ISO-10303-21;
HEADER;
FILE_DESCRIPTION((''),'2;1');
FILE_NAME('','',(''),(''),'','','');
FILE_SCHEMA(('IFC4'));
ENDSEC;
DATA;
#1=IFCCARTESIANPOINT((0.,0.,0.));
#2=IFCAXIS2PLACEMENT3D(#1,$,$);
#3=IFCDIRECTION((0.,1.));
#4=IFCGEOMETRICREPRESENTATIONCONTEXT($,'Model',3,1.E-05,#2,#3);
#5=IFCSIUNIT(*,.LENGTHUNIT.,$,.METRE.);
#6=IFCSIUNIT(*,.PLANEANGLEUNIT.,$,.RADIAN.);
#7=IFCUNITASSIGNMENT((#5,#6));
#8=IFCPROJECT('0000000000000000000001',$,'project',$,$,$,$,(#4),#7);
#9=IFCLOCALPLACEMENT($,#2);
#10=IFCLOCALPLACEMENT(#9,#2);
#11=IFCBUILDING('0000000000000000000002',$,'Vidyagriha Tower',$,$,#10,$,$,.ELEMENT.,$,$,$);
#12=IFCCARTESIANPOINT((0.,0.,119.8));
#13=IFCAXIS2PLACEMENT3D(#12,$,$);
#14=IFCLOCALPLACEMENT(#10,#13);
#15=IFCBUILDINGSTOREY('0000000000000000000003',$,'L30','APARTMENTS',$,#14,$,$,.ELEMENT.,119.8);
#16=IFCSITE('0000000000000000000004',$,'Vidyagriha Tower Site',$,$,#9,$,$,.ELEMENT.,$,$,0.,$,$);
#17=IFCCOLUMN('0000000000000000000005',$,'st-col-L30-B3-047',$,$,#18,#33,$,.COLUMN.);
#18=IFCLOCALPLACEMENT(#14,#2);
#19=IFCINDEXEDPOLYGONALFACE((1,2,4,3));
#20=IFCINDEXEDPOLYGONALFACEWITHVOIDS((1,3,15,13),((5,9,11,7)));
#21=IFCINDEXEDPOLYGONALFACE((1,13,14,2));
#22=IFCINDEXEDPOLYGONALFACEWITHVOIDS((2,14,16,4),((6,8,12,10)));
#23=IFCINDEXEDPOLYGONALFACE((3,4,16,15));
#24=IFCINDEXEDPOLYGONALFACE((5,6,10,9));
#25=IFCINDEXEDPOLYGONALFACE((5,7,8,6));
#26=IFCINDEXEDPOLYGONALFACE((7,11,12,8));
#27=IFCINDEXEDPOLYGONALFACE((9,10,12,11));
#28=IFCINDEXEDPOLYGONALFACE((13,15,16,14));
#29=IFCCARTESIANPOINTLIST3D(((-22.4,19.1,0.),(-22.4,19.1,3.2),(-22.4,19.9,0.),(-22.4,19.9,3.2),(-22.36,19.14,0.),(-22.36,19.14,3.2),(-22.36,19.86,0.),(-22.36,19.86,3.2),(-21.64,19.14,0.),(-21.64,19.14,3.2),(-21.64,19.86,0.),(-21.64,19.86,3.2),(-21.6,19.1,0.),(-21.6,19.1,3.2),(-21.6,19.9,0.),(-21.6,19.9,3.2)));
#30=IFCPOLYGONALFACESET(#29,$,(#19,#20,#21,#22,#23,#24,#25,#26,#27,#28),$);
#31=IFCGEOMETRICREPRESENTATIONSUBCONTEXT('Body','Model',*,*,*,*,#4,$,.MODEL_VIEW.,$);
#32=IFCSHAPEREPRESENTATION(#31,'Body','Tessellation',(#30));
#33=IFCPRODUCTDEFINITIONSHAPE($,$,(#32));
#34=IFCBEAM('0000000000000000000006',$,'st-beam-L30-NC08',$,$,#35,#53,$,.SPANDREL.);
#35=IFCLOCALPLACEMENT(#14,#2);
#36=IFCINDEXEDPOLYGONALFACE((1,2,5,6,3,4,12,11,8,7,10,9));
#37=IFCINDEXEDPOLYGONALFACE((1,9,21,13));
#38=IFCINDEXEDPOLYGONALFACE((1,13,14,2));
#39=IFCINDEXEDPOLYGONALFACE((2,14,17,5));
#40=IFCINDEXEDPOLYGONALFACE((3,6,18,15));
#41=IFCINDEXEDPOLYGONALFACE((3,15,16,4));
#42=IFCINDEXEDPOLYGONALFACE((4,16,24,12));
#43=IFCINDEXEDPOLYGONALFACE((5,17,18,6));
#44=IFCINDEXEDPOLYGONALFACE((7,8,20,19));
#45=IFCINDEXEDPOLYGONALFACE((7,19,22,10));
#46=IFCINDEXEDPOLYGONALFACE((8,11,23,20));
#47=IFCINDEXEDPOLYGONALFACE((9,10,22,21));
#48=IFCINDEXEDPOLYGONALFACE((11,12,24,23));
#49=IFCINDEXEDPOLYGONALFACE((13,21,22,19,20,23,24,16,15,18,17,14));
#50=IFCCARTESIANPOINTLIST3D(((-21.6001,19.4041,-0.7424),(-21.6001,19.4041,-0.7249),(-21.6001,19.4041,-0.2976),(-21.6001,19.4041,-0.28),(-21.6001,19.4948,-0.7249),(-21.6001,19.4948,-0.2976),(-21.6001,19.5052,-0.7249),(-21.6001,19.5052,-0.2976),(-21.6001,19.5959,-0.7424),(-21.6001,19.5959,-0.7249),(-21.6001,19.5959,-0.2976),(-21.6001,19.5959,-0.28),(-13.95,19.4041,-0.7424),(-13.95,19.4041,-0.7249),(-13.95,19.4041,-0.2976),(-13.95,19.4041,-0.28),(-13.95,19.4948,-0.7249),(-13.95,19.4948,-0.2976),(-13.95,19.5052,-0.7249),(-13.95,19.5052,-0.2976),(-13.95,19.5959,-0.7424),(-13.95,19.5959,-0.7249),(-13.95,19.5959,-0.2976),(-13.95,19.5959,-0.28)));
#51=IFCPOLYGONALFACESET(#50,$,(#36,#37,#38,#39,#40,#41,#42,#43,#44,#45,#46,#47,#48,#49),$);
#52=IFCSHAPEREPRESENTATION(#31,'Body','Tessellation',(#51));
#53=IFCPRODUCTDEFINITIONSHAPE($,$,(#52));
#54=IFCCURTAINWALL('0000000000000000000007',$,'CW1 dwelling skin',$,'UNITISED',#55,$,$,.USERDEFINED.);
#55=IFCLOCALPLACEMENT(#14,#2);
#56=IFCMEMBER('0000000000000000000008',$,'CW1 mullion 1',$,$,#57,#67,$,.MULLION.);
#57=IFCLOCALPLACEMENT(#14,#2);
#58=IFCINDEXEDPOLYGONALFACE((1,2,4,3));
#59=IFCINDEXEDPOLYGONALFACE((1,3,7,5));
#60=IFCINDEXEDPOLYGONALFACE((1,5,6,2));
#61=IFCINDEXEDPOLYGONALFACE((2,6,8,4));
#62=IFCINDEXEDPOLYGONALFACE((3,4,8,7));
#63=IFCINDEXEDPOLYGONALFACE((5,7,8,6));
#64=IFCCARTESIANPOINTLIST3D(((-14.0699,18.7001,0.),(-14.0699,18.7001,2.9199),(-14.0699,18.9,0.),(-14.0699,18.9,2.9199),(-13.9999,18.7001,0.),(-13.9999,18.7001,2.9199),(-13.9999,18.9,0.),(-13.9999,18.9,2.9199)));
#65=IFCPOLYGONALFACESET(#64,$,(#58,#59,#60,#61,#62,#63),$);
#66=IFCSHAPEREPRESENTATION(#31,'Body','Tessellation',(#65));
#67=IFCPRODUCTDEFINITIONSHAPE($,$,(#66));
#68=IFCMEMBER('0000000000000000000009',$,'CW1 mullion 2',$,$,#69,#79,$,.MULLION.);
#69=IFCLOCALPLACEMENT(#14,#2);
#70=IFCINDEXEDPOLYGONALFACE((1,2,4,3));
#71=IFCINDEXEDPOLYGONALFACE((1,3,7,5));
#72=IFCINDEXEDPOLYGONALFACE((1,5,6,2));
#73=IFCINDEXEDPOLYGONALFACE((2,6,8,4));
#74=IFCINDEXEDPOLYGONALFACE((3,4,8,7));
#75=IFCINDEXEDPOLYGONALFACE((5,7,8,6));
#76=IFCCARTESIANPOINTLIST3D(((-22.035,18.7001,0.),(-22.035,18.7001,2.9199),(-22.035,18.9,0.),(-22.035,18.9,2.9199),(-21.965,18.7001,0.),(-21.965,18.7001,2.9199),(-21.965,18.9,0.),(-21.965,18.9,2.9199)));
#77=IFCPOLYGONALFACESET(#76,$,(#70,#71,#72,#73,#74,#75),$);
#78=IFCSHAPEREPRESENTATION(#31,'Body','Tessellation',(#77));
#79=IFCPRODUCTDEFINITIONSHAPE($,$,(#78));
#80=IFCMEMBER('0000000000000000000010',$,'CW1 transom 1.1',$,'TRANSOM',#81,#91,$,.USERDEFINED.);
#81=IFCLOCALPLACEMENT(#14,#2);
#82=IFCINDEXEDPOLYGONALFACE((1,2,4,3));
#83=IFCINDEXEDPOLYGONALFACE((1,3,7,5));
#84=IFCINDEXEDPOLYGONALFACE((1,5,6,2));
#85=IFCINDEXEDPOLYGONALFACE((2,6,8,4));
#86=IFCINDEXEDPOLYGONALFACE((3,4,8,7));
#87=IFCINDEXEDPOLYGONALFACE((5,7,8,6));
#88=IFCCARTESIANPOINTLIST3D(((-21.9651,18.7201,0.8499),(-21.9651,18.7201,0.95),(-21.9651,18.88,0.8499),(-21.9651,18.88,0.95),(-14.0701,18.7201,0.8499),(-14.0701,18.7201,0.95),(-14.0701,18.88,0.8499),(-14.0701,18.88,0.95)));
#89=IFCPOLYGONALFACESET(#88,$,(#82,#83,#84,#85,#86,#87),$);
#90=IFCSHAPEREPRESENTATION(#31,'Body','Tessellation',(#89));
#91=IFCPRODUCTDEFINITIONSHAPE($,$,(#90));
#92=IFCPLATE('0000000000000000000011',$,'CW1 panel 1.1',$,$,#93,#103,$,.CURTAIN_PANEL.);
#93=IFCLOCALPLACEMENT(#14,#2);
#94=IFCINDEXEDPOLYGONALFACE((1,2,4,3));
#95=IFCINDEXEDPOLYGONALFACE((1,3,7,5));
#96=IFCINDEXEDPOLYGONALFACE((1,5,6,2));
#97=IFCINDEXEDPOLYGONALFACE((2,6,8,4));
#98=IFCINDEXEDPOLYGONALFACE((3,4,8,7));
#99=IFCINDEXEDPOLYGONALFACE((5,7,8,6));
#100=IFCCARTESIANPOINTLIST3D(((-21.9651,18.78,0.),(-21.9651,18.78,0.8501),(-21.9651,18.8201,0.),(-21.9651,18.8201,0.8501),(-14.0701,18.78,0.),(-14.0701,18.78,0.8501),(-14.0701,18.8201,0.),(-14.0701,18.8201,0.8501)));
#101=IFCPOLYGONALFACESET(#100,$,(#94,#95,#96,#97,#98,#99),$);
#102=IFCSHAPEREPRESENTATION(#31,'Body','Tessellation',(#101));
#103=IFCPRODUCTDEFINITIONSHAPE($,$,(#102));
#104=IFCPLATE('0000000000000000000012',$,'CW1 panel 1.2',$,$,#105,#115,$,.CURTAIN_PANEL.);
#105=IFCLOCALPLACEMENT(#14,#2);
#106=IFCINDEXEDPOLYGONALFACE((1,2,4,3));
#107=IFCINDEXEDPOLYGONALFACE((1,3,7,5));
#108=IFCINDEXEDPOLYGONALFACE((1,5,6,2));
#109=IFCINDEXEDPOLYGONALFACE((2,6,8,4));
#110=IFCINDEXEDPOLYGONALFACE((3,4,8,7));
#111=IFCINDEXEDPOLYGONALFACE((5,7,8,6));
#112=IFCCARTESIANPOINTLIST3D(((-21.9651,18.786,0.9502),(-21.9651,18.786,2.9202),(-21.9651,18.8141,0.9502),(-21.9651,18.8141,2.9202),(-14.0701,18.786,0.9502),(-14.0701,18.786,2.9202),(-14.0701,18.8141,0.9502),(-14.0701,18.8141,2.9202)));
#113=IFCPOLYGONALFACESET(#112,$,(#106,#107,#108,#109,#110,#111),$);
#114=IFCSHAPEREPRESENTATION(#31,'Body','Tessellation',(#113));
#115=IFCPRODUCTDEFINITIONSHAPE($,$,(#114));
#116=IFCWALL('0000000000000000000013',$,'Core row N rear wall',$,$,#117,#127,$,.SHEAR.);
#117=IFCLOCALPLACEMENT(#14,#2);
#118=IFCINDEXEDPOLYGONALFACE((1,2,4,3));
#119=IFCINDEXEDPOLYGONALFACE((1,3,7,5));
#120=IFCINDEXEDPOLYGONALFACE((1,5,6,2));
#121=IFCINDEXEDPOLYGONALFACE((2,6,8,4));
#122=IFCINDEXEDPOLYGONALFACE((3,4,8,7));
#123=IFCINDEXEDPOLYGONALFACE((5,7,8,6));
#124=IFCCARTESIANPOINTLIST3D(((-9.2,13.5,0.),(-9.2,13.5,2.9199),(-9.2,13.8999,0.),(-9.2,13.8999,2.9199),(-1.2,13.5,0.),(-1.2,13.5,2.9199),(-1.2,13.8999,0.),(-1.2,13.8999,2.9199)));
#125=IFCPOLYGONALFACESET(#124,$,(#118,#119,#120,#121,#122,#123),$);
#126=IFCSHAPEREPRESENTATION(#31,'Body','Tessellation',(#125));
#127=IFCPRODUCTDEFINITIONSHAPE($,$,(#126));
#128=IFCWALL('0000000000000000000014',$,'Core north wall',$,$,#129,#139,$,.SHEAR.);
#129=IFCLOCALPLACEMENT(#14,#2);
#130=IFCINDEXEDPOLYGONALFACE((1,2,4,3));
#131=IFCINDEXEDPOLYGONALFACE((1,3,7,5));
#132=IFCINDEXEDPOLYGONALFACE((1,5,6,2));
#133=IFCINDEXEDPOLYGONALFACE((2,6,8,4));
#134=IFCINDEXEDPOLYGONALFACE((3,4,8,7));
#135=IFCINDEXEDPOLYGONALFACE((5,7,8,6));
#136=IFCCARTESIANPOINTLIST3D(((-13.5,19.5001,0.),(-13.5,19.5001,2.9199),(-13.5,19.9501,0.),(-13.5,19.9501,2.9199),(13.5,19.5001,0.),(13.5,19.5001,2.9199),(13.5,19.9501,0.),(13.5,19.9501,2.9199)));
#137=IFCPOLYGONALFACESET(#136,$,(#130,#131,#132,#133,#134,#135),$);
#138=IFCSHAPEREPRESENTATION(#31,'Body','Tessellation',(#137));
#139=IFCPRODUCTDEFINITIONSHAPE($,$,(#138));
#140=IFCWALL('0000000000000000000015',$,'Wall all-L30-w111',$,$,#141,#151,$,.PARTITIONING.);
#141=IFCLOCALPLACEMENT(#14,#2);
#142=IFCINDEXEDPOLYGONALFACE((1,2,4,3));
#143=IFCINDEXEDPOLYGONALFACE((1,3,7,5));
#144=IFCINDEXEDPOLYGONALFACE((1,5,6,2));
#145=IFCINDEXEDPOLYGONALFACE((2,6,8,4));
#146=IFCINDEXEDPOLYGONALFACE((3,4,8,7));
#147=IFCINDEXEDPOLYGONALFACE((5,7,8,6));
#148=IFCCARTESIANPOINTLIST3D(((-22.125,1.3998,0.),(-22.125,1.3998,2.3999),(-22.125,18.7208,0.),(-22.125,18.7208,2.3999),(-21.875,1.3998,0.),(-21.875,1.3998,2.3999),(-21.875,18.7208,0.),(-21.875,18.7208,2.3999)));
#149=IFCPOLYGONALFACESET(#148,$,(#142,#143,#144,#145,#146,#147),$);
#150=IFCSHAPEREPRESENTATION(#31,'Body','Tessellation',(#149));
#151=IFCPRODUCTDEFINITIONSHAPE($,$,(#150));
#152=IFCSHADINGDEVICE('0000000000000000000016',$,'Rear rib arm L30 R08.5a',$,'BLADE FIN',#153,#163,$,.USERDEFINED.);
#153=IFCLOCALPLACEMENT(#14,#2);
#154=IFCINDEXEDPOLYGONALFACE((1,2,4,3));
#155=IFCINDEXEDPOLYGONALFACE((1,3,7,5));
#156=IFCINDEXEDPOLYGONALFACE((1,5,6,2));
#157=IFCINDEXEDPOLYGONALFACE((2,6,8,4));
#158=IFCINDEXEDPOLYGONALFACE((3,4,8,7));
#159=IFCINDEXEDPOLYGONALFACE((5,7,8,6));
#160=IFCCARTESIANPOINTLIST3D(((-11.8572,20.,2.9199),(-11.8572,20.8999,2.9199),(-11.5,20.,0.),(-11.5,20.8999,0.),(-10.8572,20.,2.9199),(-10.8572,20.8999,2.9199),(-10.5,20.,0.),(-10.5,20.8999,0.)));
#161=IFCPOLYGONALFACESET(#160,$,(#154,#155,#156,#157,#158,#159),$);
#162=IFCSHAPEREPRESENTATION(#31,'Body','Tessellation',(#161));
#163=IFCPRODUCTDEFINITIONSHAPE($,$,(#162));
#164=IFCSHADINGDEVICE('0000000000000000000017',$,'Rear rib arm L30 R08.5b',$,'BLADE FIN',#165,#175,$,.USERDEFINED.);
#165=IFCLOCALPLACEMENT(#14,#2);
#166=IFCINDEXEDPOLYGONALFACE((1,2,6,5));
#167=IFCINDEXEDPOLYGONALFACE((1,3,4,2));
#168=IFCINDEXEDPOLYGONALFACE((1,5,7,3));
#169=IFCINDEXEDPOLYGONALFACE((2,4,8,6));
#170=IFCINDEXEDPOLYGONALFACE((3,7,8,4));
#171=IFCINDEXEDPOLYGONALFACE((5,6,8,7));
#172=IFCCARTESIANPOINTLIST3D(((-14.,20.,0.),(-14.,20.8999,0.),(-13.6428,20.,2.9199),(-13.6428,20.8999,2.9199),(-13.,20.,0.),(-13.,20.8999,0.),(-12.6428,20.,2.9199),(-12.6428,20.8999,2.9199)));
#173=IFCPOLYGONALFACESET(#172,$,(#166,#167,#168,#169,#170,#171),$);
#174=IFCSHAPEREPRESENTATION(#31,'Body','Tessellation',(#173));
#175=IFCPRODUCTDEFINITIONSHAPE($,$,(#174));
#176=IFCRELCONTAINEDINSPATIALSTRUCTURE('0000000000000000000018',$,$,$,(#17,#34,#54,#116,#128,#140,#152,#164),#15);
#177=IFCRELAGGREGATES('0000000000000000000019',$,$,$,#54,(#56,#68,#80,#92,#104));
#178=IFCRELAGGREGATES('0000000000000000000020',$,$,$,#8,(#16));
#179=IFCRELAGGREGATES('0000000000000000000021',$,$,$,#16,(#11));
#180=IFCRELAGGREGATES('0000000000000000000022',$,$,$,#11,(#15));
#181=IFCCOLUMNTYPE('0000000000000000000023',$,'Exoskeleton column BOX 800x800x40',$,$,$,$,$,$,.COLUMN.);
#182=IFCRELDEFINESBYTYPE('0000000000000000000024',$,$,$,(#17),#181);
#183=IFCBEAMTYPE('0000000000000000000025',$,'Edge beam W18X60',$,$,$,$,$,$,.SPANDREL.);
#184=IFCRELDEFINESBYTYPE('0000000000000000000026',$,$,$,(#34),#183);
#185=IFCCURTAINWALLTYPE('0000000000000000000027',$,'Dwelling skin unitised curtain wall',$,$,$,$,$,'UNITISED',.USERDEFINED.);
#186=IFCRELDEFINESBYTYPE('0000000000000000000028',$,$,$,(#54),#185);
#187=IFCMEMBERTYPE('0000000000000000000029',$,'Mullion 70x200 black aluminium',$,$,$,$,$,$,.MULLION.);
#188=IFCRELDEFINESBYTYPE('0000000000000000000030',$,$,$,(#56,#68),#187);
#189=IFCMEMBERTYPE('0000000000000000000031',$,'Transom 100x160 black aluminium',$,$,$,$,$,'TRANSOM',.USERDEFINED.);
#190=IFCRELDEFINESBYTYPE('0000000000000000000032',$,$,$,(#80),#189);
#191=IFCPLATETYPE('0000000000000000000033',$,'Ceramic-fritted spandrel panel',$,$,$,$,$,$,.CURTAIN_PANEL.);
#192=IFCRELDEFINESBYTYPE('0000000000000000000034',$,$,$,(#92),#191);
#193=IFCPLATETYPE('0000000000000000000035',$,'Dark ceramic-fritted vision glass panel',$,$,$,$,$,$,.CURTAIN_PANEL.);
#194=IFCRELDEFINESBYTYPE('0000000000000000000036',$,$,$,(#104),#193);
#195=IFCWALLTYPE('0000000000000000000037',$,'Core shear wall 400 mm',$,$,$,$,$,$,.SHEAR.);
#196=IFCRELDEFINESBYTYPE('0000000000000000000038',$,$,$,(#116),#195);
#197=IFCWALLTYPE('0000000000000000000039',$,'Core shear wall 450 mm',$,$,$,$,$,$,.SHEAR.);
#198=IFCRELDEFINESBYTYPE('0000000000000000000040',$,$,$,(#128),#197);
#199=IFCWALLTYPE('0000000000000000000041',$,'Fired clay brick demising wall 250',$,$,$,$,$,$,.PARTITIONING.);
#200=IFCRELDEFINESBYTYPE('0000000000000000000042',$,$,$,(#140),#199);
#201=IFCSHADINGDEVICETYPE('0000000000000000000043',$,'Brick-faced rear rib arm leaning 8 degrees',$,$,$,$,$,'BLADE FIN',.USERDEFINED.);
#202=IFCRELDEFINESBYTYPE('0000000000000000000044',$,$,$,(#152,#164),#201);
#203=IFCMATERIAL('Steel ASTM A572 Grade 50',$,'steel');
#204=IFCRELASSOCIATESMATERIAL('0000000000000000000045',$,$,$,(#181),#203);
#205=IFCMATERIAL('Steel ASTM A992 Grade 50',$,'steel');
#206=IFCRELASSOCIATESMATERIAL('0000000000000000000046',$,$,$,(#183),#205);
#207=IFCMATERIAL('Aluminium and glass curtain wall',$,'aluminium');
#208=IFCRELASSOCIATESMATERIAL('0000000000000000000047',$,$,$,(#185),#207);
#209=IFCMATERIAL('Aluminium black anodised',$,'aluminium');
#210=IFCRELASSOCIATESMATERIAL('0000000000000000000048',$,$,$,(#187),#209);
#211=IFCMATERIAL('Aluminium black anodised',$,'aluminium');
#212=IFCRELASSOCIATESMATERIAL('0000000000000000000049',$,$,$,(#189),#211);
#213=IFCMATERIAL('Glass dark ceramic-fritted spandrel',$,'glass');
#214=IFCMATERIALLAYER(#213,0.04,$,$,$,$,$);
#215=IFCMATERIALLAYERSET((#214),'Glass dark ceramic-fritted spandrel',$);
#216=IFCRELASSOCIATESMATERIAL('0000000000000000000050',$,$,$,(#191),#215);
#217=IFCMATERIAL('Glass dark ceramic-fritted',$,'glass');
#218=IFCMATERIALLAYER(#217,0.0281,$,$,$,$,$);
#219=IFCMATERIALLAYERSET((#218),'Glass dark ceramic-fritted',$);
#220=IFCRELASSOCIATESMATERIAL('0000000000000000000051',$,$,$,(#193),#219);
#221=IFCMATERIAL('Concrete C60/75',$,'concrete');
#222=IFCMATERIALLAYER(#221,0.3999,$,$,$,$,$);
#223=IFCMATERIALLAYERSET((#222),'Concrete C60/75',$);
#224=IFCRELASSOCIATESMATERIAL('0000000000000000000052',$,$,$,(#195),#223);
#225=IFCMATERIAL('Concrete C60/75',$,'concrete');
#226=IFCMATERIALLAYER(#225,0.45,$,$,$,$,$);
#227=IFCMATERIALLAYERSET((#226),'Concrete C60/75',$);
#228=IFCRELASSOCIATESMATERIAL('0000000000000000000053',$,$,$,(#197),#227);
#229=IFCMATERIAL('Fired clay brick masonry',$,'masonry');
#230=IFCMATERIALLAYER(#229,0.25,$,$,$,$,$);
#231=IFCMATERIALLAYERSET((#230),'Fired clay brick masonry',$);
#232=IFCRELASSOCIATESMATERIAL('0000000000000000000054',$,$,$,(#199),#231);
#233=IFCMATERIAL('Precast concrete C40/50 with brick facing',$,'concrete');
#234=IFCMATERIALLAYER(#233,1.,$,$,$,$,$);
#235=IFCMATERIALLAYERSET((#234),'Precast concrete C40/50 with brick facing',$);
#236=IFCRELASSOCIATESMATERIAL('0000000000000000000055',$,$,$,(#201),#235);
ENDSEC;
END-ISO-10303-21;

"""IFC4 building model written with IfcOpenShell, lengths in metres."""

from ifc_helpers import new_model, si_unit, direction, frame, frame_2d, origin, origin_2d, place, context, subcontext, project, spatial, polyline, rectangle, hollow_rectangle, i_section, outline, extrude, material, layer, layer_set, material_profile, profile_set, type_object, element, aggregate, save


model = new_model("IFC4")

# Units and contexts
model_context = context("Model", 3, precision=1e-05, world=origin(), true_north=direction((0.0, 1.0)))
body_context = subcontext(model_context, "Body", "Model", "MODEL_VIEW")
ifc_project = project(units=[si_unit("LENGTHUNIT", "METRE"), si_unit("PLANEANGLEUNIT", "RADIAN")], contexts=[model_context])

# Site, building, storey
site_placement = place(None, origin())
site = spatial("IfcSite", under=ifc_project, at=site_placement, Name="Vidyagriha Tower Site", CompositionType="ELEMENT", RefElevation=0.0)
building_placement = place(site_placement, origin())
building = spatial("IfcBuilding", under=site, at=building_placement, Name="Vidyagriha Tower", CompositionType="ELEMENT")
storey_placement = place(building_placement, frame((0.0, 0.0, 119.8)))
storey = spatial("IfcBuildingStorey", under=building, at=storey_placement, Name="L30", Description="APARTMENTS", CompositionType="ELEMENT", Elevation=119.8)

# Column
ifc_material_1 = material(Name="Steel ASTM A572 Grade 50", Category="steel")
ifc_material_profile_1 = material_profile(ifc_material_1, hollow_rectangle(XDim=0.8, YDim=0.8, WallThickness=0.04, at=origin_2d()), Name="BOX 800x800x40")
ifc_profile_set_1 = profile_set([ifc_material_profile_1], Name="Steel ASTM A572 Grade 50")
column_type = type_object("IfcColumnType", Name="Exoskeleton column BOX 800x800x40", PredefinedType="COLUMN", material=ifc_profile_set_1)
column_placement = place(storey_placement, frame((-22.0, 19.5, 0.0)))
element("IfcColumn", 1, at=column_placement, inside=storey, type_object=column_type, Name="st-col-L30-B3-047", PredefinedType="COLUMN", context=body_context, shape_type="SweptSolid", body=[
    extrude(hollow_rectangle(XDim=0.8, YDim=0.8, WallThickness=0.04, at=origin_2d()), origin(), (0.0, 0.0, 1.0), 3.2),
])

# Beam
ifc_material_2 = material(Name="Steel ASTM A992 Grade 50", Category="steel")
ifc_material_profile_2 = material_profile(ifc_material_2, i_section(OverallWidth=0.1919, OverallDepth=0.4624, WebThickness=0.0105, FlangeThickness=0.0176, at=origin_2d()), Name="W18X60")
ifc_profile_set_2 = profile_set([ifc_material_profile_2], Name="Steel ASTM A992 Grade 50")
beam_type = type_object("IfcBeamType", Name="Edge beam W18X60", PredefinedType="SPANDREL", material=ifc_profile_set_2)
beam_placement = place(storey_placement, frame((-21.6001, 19.5, -0.5112), z_axis=(1.0, 0.0, 0.0), x_axis=(0.0, 1.0, 0.0)))
element("IfcBeam", 2, at=beam_placement, inside=storey, type_object=beam_type, Name="st-beam-L30-NC08", PredefinedType="SPANDREL", context=body_context, shape_type="SweptSolid", body=[
    extrude(i_section(OverallWidth=0.1919, OverallDepth=0.4624, WebThickness=0.0105, FlangeThickness=0.0176, at=origin_2d()), origin(), (0.0, 0.0, 1.0), 7.6501),
])

# Curtain wall, members, plates
ifc_material_3 = material(Name="Aluminium and glass curtain wall", Category="aluminium")
curtain_wall_type = type_object("IfcCurtainWallType", Name="Dwelling skin unitised curtain wall", ElementType="UNITISED", PredefinedType="USERDEFINED", material=ifc_material_3)
curtain_wall_placement = place(storey_placement, origin())
curtain_wall = element("IfcCurtainWall", 3, at=curtain_wall_placement, inside=storey, type_object=curtain_wall_type, Name="CW1 dwelling skin", ObjectType="UNITISED", PredefinedType="USERDEFINED")
ifc_material_4 = material(Name="Aluminium black anodised", Category="aluminium")
ifc_material_profile_3 = material_profile(ifc_material_4, rectangle(XDim=0.2, YDim=0.0701, at=origin_2d()), Name="Mullion 70x200 black aluminium")
ifc_profile_set_3 = profile_set([ifc_material_profile_3], Name="Aluminium black anodised")
member_type_1 = type_object("IfcMemberType", Name="Mullion 70x200 black aluminium", PredefinedType="MULLION", material=ifc_profile_set_3)
member_1_placement = place(storey_placement, frame((-14.0349, 18.8, 0.0), z_axis=(0.0, 0.0, 1.0), x_axis=(0.0, -1.0, 0.0)))
member_1 = element("IfcMember", 4, at=member_1_placement, type_object=member_type_1, Name="CW1 mullion 1", PredefinedType="MULLION", context=body_context, shape_type="SweptSolid", body=[
    extrude(rectangle(XDim=0.2, YDim=0.0701, at=origin_2d()), origin(), (0.0, 0.0, 1.0), 2.9199),
])
member_2_placement = place(storey_placement, frame((-22.0, 18.8, 0.0), z_axis=(0.0, 0.0, 1.0), x_axis=(0.0, -1.0, 0.0)))
member_2 = element("IfcMember", 5, at=member_2_placement, type_object=member_type_1, Name="CW1 mullion 2", PredefinedType="MULLION", context=body_context, shape_type="SweptSolid", body=[
    extrude(rectangle(XDim=0.2, YDim=0.0701, at=origin_2d()), origin(), (0.0, 0.0, 1.0), 2.9199),
])
ifc_material_5 = material(Name="Aluminium black anodised", Category="aluminium")
ifc_material_profile_4 = material_profile(ifc_material_5, rectangle(XDim=0.1599, YDim=0.1001, at=origin_2d()), Name="Transom 100x160 black aluminium")
ifc_profile_set_4 = profile_set([ifc_material_profile_4], Name="Aluminium black anodised")
member_type_2 = type_object("IfcMemberType", Name="Transom 100x160 black aluminium", ElementType="TRANSOM", PredefinedType="USERDEFINED", material=ifc_profile_set_4)
member_3_placement = place(storey_placement, frame((-14.0701, 18.8, 0.8999), z_axis=(-1.0, 0.0, 0.0), x_axis=(0.0, -1.0, 0.0)))
member_3 = element("IfcMember", 6, at=member_3_placement, type_object=member_type_2, Name="CW1 transom 1.1", ObjectType="TRANSOM", PredefinedType="USERDEFINED", context=body_context, shape_type="SweptSolid", body=[
    extrude(rectangle(XDim=0.1599, YDim=0.1001, at=origin_2d()), origin(), (0.0, 0.0, 1.0), 7.895),
])
ifc_material_6 = material(Name="Glass dark ceramic-fritted spandrel", Category="glass")
ifc_layer_1 = layer(ifc_material_6, 0.04)
ifc_layer_set_1 = layer_set([ifc_layer_1], Name="Glass dark ceramic-fritted spandrel")
plate_type_1 = type_object("IfcPlateType", Name="Ceramic-fritted spandrel panel", PredefinedType="CURTAIN_PANEL", material=ifc_layer_set_1)
plate_1_placement = place(storey_placement, frame((-18.0176, 18.8, 0.0), z_axis=(0.0, 0.0, 1.0), x_axis=(-1.0, 0.0, 0.0)))
plate_1 = element("IfcPlate", 7, at=plate_1_placement, type_object=plate_type_1, Name="CW1 panel 1.1", PredefinedType="CURTAIN_PANEL", context=body_context, shape_type="SweptSolid", body=[
    extrude(rectangle(XDim=7.895, YDim=0.04, at=origin_2d()), origin(), (0.0, 0.0, 1.0), 0.8501),
])
ifc_material_7 = material(Name="Glass dark ceramic-fritted", Category="glass")
ifc_layer_2 = layer(ifc_material_7, 0.0281)
ifc_layer_set_2 = layer_set([ifc_layer_2], Name="Glass dark ceramic-fritted")
plate_type_2 = type_object("IfcPlateType", Name="Dark ceramic-fritted vision glass panel", PredefinedType="CURTAIN_PANEL", material=ifc_layer_set_2)
plate_2_placement = place(storey_placement, frame((-18.0176, 18.8, 0.9502), z_axis=(0.0, 0.0, 1.0), x_axis=(-1.0, 0.0, 0.0)))
plate_2 = element("IfcPlate", 8, at=plate_2_placement, type_object=plate_type_2, Name="CW1 panel 1.2", PredefinedType="CURTAIN_PANEL", context=body_context, shape_type="SweptSolid", body=[
    extrude(rectangle(XDim=7.895, YDim=0.0281, at=origin_2d()), origin(), (0.0, 0.0, 1.0), 1.97),
])
aggregate(curtain_wall, [member_1, member_2, member_3, plate_1, plate_2])

# Walls
ifc_material_8 = material(Name="Concrete C60/75", Category="concrete")
ifc_layer_3 = layer(ifc_material_8, 0.3999)
ifc_layer_set_3 = layer_set([ifc_layer_3], Name="Concrete C60/75")
wall_type_1 = type_object("IfcWallType", Name="Core shear wall 400 mm", PredefinedType="SHEAR", material=ifc_layer_set_3)
wall_1_placement = place(storey_placement, frame((-9.2, 13.7, 0.0)))
element("IfcWall", 9, at=wall_1_placement, inside=storey, type_object=wall_type_1, Name="Core row N rear wall", PredefinedType="SHEAR", context=body_context, shape_type="SweptSolid", body=[
    extrude(rectangle(XDim=8.0, YDim=0.3999, at=frame_2d((4.0, 0.0))), origin(), (0.0, 0.0, 1.0), 2.9199),
])
ifc_material_9 = material(Name="Concrete C60/75", Category="concrete")
ifc_layer_4 = layer(ifc_material_9, 0.45)
ifc_layer_set_4 = layer_set([ifc_layer_4], Name="Concrete C60/75")
wall_type_2 = type_object("IfcWallType", Name="Core shear wall 450 mm", PredefinedType="SHEAR", material=ifc_layer_set_4)
wall_2_placement = place(storey_placement, frame((-13.5, 19.7251, 0.0)))
element("IfcWall", 10, at=wall_2_placement, inside=storey, type_object=wall_type_2, Name="Core north wall", PredefinedType="SHEAR", context=body_context, shape_type="SweptSolid", body=[
    extrude(rectangle(XDim=27.0, YDim=0.45, at=frame_2d((13.5, 0.0))), origin(), (0.0, 0.0, 1.0), 2.9199),
])
ifc_material_10 = material(Name="Fired clay brick masonry", Category="masonry")
ifc_layer_5 = layer(ifc_material_10, 0.25)
ifc_layer_set_5 = layer_set([ifc_layer_5], Name="Fired clay brick masonry")
wall_type_3 = type_object("IfcWallType", Name="Fired clay brick demising wall 250", PredefinedType="PARTITIONING", material=ifc_layer_set_5)
wall_3_placement = place(storey_placement, frame((-22.0, 18.7209, 0.0), z_axis=(0.0, 0.0, 1.0), x_axis=(0.0, -1.0, 0.0)))
element("IfcWall", 11, at=wall_3_placement, inside=storey, type_object=wall_type_3, Name="Wall all-L30-w111", PredefinedType="PARTITIONING", context=body_context, shape_type="SweptSolid", body=[
    extrude(rectangle(XDim=17.321, YDim=0.25, at=frame_2d((8.6606, 0.0))), origin(), (0.0, 0.0, 1.0), 2.3999),
])

# Shading devices
ifc_material_11 = material(Name="Precast concrete C40/50 with brick facing", Category="concrete")
ifc_layer_6 = layer(ifc_material_11, 1.0)
ifc_layer_set_6 = layer_set([ifc_layer_6], Name="Precast concrete C40/50 with brick facing")
shading_device_type = type_object("IfcShadingDeviceType", Name="Brick-faced rear rib arm leaning 8 degrees", ElementType="BLADE FIN", PredefinedType="USERDEFINED", material=ifc_layer_set_6)
shading_device_1_placement = place(storey_placement, frame((-10.5, 20.45, 0.0), z_axis=(0.0, 0.0, 1.0), x_axis=(-1.0, 0.0, 0.0)))
element("IfcShadingDevice", 12, at=shading_device_1_placement, inside=storey, type_object=shading_device_type, Name="Rear rib arm L30 R08.5a", ObjectType="BLADE FIN", PredefinedType="USERDEFINED", context=body_context, shape_type="SweptSolid", body=[
    extrude(outline(polyline([(0.0, 0.0), (1.0, 0.0), (1.3572, 2.9199), (0.3572, 2.9199), (0.0, 0.0)])), frame((0.0, 0.45, 0.0), z_axis=(0.0, -1.0, 0.0), x_axis=(1.0, 0.0, 0.0)), (0.0, 0.0, 1.0), 0.8999),
])
shading_device_2_placement = place(storey_placement, frame((-12.6428, 20.45, 0.0), z_axis=(0.0, 0.0, 1.0), x_axis=(-1.0, 0.0, 0.0)))
element("IfcShadingDevice", 13, at=shading_device_2_placement, inside=storey, type_object=shading_device_type, Name="Rear rib arm L30 R08.5b", ObjectType="BLADE FIN", PredefinedType="USERDEFINED", context=body_context, shape_type="SweptSolid", body=[
    extrude(outline(polyline([(0.3572, 0.0), (1.3572, 0.0), (1.0, 2.9199), (0.0, 2.9199), (0.3572, 0.0)])), frame((0.0, 0.45, 0.0), z_axis=(0.0, -1.0, 0.0), x_axis=(1.0, 0.0, 0.0)), (0.0, 0.0, 1.0), 0.8999),
])

save(model, "model.ifc")
